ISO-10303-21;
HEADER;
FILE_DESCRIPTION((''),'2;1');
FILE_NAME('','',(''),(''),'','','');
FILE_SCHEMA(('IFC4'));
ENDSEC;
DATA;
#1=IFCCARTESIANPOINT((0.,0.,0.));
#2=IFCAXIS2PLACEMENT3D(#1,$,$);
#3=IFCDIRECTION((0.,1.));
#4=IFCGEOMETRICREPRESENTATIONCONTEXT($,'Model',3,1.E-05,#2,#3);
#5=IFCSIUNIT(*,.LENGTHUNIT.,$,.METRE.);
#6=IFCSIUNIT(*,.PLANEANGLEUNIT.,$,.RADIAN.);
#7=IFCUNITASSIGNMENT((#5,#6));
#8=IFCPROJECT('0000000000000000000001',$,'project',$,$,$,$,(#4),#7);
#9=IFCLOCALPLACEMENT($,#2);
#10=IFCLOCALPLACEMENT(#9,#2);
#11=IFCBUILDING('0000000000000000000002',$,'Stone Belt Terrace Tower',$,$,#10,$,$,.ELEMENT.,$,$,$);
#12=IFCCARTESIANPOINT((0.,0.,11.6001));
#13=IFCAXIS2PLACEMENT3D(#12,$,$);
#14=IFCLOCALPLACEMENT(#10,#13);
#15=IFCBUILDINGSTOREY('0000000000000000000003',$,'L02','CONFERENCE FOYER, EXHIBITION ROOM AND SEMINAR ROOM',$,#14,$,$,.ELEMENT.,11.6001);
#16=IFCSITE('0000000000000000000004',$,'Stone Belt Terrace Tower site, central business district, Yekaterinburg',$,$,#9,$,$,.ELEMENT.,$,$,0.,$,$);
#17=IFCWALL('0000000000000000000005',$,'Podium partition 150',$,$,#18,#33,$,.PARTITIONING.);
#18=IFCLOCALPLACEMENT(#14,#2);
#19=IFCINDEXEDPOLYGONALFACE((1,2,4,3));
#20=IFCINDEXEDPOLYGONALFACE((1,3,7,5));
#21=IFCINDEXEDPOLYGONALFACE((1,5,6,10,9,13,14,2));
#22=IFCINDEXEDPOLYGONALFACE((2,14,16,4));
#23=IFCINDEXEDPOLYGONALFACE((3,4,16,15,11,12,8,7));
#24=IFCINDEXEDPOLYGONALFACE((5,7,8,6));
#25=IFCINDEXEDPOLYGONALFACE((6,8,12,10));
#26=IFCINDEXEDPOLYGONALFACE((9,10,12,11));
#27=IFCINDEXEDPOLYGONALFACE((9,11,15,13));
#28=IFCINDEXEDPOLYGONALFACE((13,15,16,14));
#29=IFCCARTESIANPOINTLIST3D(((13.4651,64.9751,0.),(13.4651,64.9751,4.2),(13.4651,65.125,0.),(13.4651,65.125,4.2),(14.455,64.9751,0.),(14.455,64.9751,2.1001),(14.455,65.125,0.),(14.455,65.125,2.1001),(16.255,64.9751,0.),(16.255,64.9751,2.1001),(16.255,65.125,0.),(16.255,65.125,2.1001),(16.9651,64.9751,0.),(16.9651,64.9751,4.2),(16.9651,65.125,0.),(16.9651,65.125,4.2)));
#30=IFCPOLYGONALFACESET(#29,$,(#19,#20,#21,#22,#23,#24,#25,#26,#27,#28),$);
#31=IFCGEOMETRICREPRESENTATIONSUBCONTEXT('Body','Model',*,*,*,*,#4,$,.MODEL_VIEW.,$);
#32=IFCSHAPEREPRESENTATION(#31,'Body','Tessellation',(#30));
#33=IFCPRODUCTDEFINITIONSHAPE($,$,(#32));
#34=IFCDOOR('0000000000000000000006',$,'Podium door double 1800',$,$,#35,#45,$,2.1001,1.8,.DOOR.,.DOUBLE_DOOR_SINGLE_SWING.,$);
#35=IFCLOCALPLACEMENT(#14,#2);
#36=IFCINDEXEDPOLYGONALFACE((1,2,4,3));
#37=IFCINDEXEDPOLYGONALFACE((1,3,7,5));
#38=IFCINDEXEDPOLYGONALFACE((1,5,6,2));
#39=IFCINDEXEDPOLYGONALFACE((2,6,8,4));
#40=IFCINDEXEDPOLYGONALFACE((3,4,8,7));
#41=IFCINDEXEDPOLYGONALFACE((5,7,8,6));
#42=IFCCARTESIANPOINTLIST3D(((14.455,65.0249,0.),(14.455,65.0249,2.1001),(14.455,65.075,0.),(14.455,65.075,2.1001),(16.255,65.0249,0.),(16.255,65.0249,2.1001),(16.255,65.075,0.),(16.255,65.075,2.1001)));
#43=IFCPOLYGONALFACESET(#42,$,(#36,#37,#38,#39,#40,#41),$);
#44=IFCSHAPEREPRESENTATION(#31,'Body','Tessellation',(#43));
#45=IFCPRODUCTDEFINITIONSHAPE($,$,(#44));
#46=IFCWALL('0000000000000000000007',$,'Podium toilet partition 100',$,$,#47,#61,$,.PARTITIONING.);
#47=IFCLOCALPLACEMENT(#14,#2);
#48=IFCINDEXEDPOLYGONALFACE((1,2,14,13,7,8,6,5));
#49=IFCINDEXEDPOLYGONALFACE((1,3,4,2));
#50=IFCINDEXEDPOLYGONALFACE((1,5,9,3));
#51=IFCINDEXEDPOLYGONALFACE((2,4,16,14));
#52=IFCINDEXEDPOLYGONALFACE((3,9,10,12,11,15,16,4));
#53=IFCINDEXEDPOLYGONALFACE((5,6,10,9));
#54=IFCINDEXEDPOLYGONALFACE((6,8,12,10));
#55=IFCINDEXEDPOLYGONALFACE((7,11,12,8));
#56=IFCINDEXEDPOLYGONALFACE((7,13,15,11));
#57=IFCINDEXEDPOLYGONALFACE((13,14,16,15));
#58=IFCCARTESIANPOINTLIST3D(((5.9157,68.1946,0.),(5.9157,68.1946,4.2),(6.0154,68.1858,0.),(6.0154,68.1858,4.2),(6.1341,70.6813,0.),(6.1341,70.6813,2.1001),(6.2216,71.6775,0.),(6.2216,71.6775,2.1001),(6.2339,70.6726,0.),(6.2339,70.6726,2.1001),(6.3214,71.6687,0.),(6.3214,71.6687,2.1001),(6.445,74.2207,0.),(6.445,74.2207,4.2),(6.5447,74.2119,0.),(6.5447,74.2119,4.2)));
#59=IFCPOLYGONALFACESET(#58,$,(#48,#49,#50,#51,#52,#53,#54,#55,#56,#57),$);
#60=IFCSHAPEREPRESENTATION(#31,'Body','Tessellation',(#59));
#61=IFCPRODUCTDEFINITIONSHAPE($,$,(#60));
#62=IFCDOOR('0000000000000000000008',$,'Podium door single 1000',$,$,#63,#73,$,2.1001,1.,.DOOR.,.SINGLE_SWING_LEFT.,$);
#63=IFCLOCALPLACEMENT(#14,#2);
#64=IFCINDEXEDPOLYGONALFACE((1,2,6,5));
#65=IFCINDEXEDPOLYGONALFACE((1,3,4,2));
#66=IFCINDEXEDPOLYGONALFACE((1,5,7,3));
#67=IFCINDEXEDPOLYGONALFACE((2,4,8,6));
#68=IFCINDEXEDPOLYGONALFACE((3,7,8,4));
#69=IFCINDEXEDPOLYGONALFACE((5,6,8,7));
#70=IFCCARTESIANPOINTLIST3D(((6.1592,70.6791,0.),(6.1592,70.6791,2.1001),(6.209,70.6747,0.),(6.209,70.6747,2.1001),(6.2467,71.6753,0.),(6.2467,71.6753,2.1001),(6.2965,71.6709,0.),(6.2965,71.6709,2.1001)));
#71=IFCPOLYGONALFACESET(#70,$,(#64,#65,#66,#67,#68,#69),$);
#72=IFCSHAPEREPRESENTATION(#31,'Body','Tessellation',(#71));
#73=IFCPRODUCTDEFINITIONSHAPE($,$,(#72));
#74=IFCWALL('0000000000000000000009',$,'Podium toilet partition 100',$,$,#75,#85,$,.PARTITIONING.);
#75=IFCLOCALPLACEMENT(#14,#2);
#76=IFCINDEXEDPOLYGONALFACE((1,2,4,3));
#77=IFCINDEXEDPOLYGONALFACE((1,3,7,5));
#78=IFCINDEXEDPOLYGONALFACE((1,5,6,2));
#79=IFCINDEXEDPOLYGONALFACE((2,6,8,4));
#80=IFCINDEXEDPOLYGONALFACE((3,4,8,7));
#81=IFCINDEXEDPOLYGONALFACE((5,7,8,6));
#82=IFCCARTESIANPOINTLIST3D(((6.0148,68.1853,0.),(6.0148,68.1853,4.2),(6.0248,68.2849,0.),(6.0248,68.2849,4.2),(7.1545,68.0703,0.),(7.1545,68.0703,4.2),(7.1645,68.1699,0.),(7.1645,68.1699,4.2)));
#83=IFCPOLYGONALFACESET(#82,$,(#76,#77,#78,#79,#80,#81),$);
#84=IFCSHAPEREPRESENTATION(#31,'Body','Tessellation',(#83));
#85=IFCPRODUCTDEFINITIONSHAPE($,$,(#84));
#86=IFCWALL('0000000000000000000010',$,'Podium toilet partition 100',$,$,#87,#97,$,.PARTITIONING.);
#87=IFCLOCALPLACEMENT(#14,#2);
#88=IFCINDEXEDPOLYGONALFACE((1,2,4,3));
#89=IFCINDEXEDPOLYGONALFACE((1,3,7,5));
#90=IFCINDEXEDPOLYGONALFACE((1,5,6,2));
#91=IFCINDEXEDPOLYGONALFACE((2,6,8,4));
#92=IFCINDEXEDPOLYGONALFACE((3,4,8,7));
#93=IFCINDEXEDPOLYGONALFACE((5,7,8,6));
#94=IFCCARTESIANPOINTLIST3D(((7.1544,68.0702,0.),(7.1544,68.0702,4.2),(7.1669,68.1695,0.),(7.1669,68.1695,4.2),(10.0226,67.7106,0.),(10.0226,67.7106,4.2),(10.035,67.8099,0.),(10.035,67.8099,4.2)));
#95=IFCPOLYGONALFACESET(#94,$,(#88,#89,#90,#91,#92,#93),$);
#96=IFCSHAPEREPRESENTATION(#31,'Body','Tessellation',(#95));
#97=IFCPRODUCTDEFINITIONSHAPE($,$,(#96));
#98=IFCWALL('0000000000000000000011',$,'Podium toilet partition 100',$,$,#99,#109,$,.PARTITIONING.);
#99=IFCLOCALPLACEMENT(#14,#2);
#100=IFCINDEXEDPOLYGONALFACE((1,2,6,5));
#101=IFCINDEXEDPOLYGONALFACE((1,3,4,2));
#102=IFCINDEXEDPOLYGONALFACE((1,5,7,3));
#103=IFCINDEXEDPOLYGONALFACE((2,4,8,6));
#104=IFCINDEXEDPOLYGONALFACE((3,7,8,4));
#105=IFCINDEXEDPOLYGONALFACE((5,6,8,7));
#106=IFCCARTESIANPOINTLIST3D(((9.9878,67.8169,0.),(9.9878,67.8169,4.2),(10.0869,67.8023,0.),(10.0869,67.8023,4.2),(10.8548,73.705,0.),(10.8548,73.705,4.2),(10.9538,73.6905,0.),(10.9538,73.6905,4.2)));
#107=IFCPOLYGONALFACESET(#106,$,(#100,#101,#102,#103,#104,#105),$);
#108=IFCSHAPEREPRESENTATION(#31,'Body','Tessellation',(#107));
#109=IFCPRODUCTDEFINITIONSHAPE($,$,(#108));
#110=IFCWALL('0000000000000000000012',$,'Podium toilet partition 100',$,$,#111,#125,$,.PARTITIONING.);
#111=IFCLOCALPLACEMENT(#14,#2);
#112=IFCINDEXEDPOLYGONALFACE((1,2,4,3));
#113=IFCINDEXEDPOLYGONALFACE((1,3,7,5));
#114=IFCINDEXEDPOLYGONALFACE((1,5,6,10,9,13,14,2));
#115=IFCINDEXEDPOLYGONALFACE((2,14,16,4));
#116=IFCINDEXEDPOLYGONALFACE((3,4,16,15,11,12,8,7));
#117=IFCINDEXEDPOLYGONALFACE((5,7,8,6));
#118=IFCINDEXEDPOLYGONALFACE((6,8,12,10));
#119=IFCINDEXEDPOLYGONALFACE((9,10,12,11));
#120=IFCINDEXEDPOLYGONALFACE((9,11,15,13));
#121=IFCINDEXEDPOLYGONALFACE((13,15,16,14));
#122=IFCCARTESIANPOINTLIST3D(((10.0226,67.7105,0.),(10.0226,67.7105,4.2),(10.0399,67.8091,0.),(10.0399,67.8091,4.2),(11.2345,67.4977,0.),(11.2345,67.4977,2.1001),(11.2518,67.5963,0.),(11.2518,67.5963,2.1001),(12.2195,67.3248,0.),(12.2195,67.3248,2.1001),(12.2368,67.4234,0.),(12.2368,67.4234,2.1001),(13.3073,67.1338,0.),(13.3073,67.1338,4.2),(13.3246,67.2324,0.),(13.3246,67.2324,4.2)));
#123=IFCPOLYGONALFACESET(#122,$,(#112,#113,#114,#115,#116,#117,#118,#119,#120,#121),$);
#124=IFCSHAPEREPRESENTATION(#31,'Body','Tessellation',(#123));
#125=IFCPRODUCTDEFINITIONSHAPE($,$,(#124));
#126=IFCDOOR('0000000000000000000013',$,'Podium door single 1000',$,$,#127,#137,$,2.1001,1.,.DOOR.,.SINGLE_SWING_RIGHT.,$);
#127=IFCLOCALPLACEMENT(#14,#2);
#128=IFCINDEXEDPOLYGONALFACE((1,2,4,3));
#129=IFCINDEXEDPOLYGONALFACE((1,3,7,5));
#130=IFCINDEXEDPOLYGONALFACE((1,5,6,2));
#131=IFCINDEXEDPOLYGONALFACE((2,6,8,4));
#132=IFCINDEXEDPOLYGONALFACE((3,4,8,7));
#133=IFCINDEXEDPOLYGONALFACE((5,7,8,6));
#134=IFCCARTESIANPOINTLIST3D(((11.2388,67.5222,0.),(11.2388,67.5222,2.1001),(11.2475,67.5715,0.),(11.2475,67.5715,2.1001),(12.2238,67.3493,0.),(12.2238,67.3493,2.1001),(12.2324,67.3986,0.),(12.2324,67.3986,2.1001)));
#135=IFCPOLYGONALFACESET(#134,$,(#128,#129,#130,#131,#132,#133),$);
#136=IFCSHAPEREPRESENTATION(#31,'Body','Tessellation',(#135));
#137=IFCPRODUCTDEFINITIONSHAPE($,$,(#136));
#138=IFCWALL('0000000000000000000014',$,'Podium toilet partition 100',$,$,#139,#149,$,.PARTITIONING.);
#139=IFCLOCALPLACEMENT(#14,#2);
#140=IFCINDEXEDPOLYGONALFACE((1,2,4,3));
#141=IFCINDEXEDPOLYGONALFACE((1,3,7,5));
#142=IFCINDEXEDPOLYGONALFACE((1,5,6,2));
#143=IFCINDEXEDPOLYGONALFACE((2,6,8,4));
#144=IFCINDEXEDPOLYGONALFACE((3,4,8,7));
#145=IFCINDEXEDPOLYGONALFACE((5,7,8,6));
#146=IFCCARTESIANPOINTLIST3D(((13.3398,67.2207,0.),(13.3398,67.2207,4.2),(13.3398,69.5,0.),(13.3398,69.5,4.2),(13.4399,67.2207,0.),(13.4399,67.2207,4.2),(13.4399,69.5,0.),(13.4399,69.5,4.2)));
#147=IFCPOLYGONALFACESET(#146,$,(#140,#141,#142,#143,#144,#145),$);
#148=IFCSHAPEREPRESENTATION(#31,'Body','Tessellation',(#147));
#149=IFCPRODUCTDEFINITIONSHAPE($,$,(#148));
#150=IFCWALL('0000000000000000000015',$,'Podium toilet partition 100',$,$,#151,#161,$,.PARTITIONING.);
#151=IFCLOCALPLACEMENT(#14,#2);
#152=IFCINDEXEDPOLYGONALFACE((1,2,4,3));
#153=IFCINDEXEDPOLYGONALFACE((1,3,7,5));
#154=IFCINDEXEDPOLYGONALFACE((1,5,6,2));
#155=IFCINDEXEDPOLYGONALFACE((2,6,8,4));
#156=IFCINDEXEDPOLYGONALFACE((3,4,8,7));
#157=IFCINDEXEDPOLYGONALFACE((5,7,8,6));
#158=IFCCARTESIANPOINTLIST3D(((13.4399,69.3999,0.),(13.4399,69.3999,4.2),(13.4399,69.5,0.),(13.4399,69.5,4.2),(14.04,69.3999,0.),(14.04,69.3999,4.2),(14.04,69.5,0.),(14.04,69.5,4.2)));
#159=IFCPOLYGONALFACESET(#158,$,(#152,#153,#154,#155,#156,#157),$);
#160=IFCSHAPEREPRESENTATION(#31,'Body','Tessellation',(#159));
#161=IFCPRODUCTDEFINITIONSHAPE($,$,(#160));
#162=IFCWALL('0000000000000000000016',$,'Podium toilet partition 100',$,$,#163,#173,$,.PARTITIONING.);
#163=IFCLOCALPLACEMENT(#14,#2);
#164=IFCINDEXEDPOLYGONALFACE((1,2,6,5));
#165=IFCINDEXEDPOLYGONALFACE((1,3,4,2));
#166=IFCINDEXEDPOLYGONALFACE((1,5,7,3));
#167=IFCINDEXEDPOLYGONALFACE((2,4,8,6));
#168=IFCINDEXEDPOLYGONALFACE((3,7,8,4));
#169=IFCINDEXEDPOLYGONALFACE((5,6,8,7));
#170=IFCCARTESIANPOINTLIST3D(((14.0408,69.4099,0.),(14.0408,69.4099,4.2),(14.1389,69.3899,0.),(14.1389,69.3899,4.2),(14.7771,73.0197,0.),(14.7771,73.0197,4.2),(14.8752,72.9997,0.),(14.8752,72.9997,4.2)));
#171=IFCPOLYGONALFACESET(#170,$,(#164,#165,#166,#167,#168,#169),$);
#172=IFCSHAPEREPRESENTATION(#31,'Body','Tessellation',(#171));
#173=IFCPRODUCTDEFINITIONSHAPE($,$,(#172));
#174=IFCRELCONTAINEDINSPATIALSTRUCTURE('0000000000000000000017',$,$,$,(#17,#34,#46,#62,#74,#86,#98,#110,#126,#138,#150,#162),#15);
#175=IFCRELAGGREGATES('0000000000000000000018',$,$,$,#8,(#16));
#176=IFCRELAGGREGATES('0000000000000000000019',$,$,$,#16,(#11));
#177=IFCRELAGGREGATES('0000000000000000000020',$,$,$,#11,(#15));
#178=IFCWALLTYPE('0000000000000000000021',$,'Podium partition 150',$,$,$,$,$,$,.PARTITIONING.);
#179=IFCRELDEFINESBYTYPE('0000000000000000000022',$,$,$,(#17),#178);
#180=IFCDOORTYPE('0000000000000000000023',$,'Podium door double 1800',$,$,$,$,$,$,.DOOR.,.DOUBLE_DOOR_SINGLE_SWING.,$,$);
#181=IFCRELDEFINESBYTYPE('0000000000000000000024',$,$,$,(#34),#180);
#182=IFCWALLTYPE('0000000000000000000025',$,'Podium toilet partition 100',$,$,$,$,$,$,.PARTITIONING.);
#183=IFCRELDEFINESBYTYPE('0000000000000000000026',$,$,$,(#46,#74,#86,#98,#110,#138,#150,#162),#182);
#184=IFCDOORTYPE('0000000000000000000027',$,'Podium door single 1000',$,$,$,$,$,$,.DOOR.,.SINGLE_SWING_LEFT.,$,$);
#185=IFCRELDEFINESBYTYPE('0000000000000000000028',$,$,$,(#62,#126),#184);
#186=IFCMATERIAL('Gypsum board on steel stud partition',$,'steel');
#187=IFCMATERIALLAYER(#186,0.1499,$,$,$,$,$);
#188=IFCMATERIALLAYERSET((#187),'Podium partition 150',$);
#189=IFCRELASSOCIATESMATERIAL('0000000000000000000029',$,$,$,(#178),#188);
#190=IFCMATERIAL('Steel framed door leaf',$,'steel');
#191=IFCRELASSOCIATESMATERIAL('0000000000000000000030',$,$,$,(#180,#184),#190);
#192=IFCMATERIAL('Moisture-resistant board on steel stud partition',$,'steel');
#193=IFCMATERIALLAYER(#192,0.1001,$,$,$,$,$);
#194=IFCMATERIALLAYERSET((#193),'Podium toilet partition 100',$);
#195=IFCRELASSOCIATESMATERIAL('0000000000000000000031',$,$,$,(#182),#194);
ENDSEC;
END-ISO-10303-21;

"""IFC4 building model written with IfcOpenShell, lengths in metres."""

from ifc_helpers import new_model, si_unit, direction, frame, frame_2d, origin, place, context, subcontext, project, spatial, rectangle, extrude, material, layer, layer_set, type_object, element, fill, save


model = new_model("IFC4")

# Units and contexts
model_context = context("Model", 3, precision=1e-05, world=origin(), true_north=direction((0.0, 1.0)))
body_context = subcontext(model_context, "Body", "Model", "MODEL_VIEW")
ifc_project = project(units=[si_unit("LENGTHUNIT", "METRE"), si_unit("PLANEANGLEUNIT", "RADIAN")], contexts=[model_context])

# Site, building, storey
site_placement = place(None, origin())
site = spatial("IfcSite", under=ifc_project, at=site_placement, Name="Stone Belt Terrace Tower site, central business district, Yekaterinburg", CompositionType="ELEMENT", RefElevation=0.0)
building_placement = place(site_placement, origin())
building = spatial("IfcBuilding", under=site, at=building_placement, Name="Stone Belt Terrace Tower", CompositionType="ELEMENT")
storey_placement = place(building_placement, frame((0.0, 0.0, 11.6001)))
storey = spatial("IfcBuildingStorey", under=building, at=storey_placement, Name="L02", Description="CONFERENCE FOYER, EXHIBITION ROOM AND SEMINAR ROOM", CompositionType="ELEMENT", Elevation=11.6001)

# Shared definitions
ifc_material_1 = material(Name="Gypsum board on steel stud partition", Category="steel")
ifc_layer_1 = layer(ifc_material_1, 0.1499)
ifc_layer_set_1 = layer_set([ifc_layer_1], Name="Podium partition 150")
wall_type_1 = type_object("IfcWallType", Name="Podium partition 150", PredefinedType="PARTITIONING", material=ifc_layer_set_1)

# Walls, openings, doors
wall_1_placement = place(storey_placement, frame((13.4651, 65.05, 0.0), z_axis=(0.0, 0.0, 1.0), x_axis=(1.0, 0.0, 0.0)))
wall_1 = element("IfcWall", 1, at=wall_1_placement, inside=storey, type_object=wall_type_1, Name="Podium partition 150", PredefinedType="PARTITIONING", context=body_context, shape_type="SweptSolid", body=[
    extrude(rectangle(XDim=3.5, YDim=0.1499, at=frame_2d((1.75, 0.0))), origin(), (0.0, 0.0, 1.0), 4.2),
])
opening_1_placement = place(wall_1_placement, frame((0.99, 0.0, 0.0)))
opening_1 = element("IfcOpeningElement", 2, at=opening_1_placement, cuts=wall_1, PredefinedType="OPENING", context=body_context, shape_type="SweptSolid", body=[
    extrude(rectangle(XDim=1.8, YDim=2.1001, at=frame_2d((0.8999, 1.05))), frame((0.0, 0.085, 0.0), z_axis=(0.0, -1.0, 0.0), x_axis=(1.0, 0.0, 0.0)), (0.0, 0.0, 1.0), 0.1699),
])
ifc_material_2 = material(Name="Steel framed door leaf", Category="steel")
door_type_1 = type_object("IfcDoorType", Name="Podium door double 1800", OperationType="DOUBLE_DOOR_SINGLE_SWING", PredefinedType="DOOR", material=ifc_material_2)
door_1_placement = place(opening_1_placement, origin())
door_1 = element("IfcDoor", 3, at=door_1_placement, inside=storey, type_object=door_type_1, Name="Podium door double 1800", OperationType="DOUBLE_DOOR_SINGLE_SWING", OverallHeight=2.1001, OverallWidth=1.8, PredefinedType="DOOR", context=body_context, shape_type="SweptSolid", body=[
    extrude(rectangle(XDim=1.8, YDim=2.1001, at=frame_2d((0.8999, 1.05))), frame((0.0, 0.0249, 0.0), z_axis=(0.0, -1.0, 0.0), x_axis=(1.0, 0.0, 0.0)), (0.0, 0.0, 1.0), 0.05),
])
fill(opening_1, door_1)
ifc_material_3 = material(Name="Moisture-resistant board on steel stud partition", Category="steel")
ifc_layer_2 = layer(ifc_material_3, 0.1001)
ifc_layer_set_2 = layer_set([ifc_layer_2], Name="Podium toilet partition 100")
wall_type_2 = type_object("IfcWallType", Name="Podium toilet partition 100", PredefinedType="PARTITIONING", material=ifc_layer_set_2)
wall_2_placement = place(storey_placement, frame((5.9656, 68.1902, 0.0), z_axis=(0.0, 0.0, 1.0), x_axis=(0.087497, 0.996165, 0.0)))
wall_2 = element("IfcWall", 4, at=wall_2_placement, inside=storey, type_object=wall_type_2, Name="Podium toilet partition 100", PredefinedType="PARTITIONING", context=body_context, shape_type="SweptSolid", body=[
    extrude(rectangle(XDim=6.0493, YDim=0.1001, at=frame_2d((3.0247, 0.0))), origin(), (0.0, 0.0, 1.0), 4.2),
])
opening_2_placement = place(wall_2_placement, frame((2.4963, 0.0, 0.0)))
opening_2 = element("IfcOpeningElement", 5, at=opening_2_placement, cuts=wall_2, PredefinedType="OPENING", context=body_context, shape_type="SweptSolid", body=[
    extrude(rectangle(XDim=1.0, YDim=2.1001, at=frame_2d((0.5, 1.05))), frame((0.0, 0.0601, 0.0), z_axis=(0.0, -1.0, 0.0), x_axis=(1.0, 0.0, 0.0)), (0.0, 0.0, 1.0), 0.1201),
])
door_type_2 = type_object("IfcDoorType", Name="Podium door single 1000", OperationType="SINGLE_SWING_LEFT", PredefinedType="DOOR", material=ifc_material_2)
door_2_placement = place(opening_2_placement, origin())
door_2 = element("IfcDoor", 6, at=door_2_placement, inside=storey, type_object=door_type_2, Name="Podium door single 1000", OperationType="SINGLE_SWING_LEFT", OverallHeight=2.1001, OverallWidth=1.0, PredefinedType="DOOR", context=body_context, shape_type="SweptSolid", body=[
    extrude(rectangle(XDim=1.0, YDim=2.1001, at=frame_2d((0.5, 1.05))), frame((0.0, 0.0249, 0.0), z_axis=(0.0, -1.0, 0.0), x_axis=(1.0, 0.0, 0.0)), (0.0, 0.0, 1.0), 0.05),
])
fill(opening_2, door_2)

# Walls
wall_3_placement = place(storey_placement, frame((6.0198, 68.2351, 0.0), z_axis=(0.0, 0.0, 1.0), x_axis=(0.994948, -0.10039, 0.0)))
element("IfcWall", 7, at=wall_3_placement, inside=storey, type_object=wall_type_2, Name="Podium toilet partition 100", PredefinedType="PARTITIONING", context=body_context, shape_type="SweptSolid", body=[
    extrude(rectangle(XDim=1.1455, YDim=0.1001, at=frame_2d((0.5728, 0.0))), origin(), (0.0, 0.0, 1.0), 4.2),
])
wall_4_placement = place(storey_placement, frame((7.1606, 68.1199, 0.0), z_axis=(0.0, 0.0, 1.0), x_axis=(0.992231, -0.124409, 0.0)))
element("IfcWall", 8, at=wall_4_placement, inside=storey, type_object=wall_type_2, Name="Podium toilet partition 100", PredefinedType="PARTITIONING", context=body_context, shape_type="SweptSolid", body=[
    extrude(rectangle(XDim=2.8906, YDim=0.1001, at=frame_2d((1.4453, 0.0))), origin(), (0.0, 0.0, 1.0), 4.2),
])
wall_5_placement = place(storey_placement, frame((10.0374, 67.8096, 0.0), z_axis=(0.0, 0.0, 1.0), x_axis=(0.145664, 0.989334, 0.0)))
element("IfcWall", 9, at=wall_5_placement, inside=storey, type_object=wall_type_2, Name="Podium toilet partition 100", PredefinedType="PARTITIONING", context=body_context, shape_type="SweptSolid", body=[
    extrude(rectangle(XDim=5.9517, YDim=0.1001, at=frame_2d((2.9758, 0.0))), origin(), (0.0, 0.0, 1.0), 4.2),
])

# Wall, opening, door
wall_6_placement = place(storey_placement, frame((10.0312, 67.7598, 0.0), z_axis=(0.0, 0.0, 1.0), x_axis=(0.984936, -0.172917, 0.0)))
wall_6 = element("IfcWall", 10, at=wall_6_placement, inside=storey, type_object=wall_type_2, Name="Podium toilet partition 100", PredefinedType="PARTITIONING", context=body_context, shape_type="SweptSolid", body=[
    extrude(rectangle(XDim=3.335, YDim=0.1001, at=frame_2d((1.6675, 0.0))), origin(), (0.0, 0.0, 1.0), 4.2),
])
opening_3_placement = place(wall_6_placement, frame((1.2305, 0.0, 0.0)))
opening_3 = element("IfcOpeningElement", 11, at=opening_3_placement, cuts=wall_6, PredefinedType="OPENING", context=body_context, shape_type="SweptSolid", body=[
    extrude(rectangle(XDim=1.0, YDim=2.1001, at=frame_2d((0.5, 1.05))), frame((0.0, 0.0601, 0.0), z_axis=(0.0, -1.0, 0.0), x_axis=(1.0, 0.0, 0.0)), (0.0, 0.0, 1.0), 0.1201),
])
door_3_placement = place(opening_3_placement, origin())
door_3 = element("IfcDoor", 12, at=door_3_placement, inside=storey, type_object=door_type_2, Name="Podium door single 1000", OperationType="SINGLE_SWING_RIGHT", OverallHeight=2.1001, OverallWidth=1.0, PredefinedType="DOOR", context=body_context, shape_type="SweptSolid", body=[
    extrude(rectangle(XDim=1.0, YDim=2.1001, at=frame_2d((0.5, 1.05))), frame((0.0, 0.0249, 0.0), z_axis=(0.0, -1.0, 0.0), x_axis=(1.0, 0.0, 0.0)), (0.0, 0.0, 1.0), 0.05),
])
fill(opening_3, door_3)

# Walls
wall_7_placement = place(storey_placement, frame((13.3899, 67.2207, 0.0), z_axis=(0.0, 0.0, 1.0), x_axis=(0.0, 1.0, 0.0)))
element("IfcWall", 13, at=wall_7_placement, inside=storey, type_object=wall_type_2, Name="Podium toilet partition 100", PredefinedType="PARTITIONING", context=body_context, shape_type="SweptSolid", body=[
    extrude(rectangle(XDim=2.2793, YDim=0.1001, at=frame_2d((1.1396, 0.0))), origin(), (0.0, 0.0, 1.0), 4.2),
])
wall_8_placement = place(storey_placement, frame((13.4399, 69.45, 0.0), z_axis=(0.0, 0.0, 1.0), x_axis=(1.0, 0.0, 0.0)))
element("IfcWall", 14, at=wall_8_placement, inside=storey, type_object=wall_type_2, Name="Podium toilet partition 100", PredefinedType="PARTITIONING", context=body_context, shape_type="SweptSolid", body=[
    extrude(rectangle(XDim=0.6001, YDim=0.1001, at=frame_2d((0.3, 0.0))), origin(), (0.0, 0.0, 1.0), 4.2),
])
wall_9_placement = place(storey_placement, frame((14.0898, 69.3999, 0.0), z_axis=(0.0, 0.0, 1.0), x_axis=(0.199861, 0.979824, 0.0)))
element("IfcWall", 15, at=wall_9_placement, inside=storey, type_object=wall_type_2, Name="Podium toilet partition 100", PredefinedType="PARTITIONING", context=body_context, shape_type="SweptSolid", body=[
    extrude(rectangle(XDim=3.6841, YDim=0.1001, at=frame_2d((1.842, 0.0))), origin(), (0.0, 0.0, 1.0), 4.2),
])

save(model, "model.ifc")
